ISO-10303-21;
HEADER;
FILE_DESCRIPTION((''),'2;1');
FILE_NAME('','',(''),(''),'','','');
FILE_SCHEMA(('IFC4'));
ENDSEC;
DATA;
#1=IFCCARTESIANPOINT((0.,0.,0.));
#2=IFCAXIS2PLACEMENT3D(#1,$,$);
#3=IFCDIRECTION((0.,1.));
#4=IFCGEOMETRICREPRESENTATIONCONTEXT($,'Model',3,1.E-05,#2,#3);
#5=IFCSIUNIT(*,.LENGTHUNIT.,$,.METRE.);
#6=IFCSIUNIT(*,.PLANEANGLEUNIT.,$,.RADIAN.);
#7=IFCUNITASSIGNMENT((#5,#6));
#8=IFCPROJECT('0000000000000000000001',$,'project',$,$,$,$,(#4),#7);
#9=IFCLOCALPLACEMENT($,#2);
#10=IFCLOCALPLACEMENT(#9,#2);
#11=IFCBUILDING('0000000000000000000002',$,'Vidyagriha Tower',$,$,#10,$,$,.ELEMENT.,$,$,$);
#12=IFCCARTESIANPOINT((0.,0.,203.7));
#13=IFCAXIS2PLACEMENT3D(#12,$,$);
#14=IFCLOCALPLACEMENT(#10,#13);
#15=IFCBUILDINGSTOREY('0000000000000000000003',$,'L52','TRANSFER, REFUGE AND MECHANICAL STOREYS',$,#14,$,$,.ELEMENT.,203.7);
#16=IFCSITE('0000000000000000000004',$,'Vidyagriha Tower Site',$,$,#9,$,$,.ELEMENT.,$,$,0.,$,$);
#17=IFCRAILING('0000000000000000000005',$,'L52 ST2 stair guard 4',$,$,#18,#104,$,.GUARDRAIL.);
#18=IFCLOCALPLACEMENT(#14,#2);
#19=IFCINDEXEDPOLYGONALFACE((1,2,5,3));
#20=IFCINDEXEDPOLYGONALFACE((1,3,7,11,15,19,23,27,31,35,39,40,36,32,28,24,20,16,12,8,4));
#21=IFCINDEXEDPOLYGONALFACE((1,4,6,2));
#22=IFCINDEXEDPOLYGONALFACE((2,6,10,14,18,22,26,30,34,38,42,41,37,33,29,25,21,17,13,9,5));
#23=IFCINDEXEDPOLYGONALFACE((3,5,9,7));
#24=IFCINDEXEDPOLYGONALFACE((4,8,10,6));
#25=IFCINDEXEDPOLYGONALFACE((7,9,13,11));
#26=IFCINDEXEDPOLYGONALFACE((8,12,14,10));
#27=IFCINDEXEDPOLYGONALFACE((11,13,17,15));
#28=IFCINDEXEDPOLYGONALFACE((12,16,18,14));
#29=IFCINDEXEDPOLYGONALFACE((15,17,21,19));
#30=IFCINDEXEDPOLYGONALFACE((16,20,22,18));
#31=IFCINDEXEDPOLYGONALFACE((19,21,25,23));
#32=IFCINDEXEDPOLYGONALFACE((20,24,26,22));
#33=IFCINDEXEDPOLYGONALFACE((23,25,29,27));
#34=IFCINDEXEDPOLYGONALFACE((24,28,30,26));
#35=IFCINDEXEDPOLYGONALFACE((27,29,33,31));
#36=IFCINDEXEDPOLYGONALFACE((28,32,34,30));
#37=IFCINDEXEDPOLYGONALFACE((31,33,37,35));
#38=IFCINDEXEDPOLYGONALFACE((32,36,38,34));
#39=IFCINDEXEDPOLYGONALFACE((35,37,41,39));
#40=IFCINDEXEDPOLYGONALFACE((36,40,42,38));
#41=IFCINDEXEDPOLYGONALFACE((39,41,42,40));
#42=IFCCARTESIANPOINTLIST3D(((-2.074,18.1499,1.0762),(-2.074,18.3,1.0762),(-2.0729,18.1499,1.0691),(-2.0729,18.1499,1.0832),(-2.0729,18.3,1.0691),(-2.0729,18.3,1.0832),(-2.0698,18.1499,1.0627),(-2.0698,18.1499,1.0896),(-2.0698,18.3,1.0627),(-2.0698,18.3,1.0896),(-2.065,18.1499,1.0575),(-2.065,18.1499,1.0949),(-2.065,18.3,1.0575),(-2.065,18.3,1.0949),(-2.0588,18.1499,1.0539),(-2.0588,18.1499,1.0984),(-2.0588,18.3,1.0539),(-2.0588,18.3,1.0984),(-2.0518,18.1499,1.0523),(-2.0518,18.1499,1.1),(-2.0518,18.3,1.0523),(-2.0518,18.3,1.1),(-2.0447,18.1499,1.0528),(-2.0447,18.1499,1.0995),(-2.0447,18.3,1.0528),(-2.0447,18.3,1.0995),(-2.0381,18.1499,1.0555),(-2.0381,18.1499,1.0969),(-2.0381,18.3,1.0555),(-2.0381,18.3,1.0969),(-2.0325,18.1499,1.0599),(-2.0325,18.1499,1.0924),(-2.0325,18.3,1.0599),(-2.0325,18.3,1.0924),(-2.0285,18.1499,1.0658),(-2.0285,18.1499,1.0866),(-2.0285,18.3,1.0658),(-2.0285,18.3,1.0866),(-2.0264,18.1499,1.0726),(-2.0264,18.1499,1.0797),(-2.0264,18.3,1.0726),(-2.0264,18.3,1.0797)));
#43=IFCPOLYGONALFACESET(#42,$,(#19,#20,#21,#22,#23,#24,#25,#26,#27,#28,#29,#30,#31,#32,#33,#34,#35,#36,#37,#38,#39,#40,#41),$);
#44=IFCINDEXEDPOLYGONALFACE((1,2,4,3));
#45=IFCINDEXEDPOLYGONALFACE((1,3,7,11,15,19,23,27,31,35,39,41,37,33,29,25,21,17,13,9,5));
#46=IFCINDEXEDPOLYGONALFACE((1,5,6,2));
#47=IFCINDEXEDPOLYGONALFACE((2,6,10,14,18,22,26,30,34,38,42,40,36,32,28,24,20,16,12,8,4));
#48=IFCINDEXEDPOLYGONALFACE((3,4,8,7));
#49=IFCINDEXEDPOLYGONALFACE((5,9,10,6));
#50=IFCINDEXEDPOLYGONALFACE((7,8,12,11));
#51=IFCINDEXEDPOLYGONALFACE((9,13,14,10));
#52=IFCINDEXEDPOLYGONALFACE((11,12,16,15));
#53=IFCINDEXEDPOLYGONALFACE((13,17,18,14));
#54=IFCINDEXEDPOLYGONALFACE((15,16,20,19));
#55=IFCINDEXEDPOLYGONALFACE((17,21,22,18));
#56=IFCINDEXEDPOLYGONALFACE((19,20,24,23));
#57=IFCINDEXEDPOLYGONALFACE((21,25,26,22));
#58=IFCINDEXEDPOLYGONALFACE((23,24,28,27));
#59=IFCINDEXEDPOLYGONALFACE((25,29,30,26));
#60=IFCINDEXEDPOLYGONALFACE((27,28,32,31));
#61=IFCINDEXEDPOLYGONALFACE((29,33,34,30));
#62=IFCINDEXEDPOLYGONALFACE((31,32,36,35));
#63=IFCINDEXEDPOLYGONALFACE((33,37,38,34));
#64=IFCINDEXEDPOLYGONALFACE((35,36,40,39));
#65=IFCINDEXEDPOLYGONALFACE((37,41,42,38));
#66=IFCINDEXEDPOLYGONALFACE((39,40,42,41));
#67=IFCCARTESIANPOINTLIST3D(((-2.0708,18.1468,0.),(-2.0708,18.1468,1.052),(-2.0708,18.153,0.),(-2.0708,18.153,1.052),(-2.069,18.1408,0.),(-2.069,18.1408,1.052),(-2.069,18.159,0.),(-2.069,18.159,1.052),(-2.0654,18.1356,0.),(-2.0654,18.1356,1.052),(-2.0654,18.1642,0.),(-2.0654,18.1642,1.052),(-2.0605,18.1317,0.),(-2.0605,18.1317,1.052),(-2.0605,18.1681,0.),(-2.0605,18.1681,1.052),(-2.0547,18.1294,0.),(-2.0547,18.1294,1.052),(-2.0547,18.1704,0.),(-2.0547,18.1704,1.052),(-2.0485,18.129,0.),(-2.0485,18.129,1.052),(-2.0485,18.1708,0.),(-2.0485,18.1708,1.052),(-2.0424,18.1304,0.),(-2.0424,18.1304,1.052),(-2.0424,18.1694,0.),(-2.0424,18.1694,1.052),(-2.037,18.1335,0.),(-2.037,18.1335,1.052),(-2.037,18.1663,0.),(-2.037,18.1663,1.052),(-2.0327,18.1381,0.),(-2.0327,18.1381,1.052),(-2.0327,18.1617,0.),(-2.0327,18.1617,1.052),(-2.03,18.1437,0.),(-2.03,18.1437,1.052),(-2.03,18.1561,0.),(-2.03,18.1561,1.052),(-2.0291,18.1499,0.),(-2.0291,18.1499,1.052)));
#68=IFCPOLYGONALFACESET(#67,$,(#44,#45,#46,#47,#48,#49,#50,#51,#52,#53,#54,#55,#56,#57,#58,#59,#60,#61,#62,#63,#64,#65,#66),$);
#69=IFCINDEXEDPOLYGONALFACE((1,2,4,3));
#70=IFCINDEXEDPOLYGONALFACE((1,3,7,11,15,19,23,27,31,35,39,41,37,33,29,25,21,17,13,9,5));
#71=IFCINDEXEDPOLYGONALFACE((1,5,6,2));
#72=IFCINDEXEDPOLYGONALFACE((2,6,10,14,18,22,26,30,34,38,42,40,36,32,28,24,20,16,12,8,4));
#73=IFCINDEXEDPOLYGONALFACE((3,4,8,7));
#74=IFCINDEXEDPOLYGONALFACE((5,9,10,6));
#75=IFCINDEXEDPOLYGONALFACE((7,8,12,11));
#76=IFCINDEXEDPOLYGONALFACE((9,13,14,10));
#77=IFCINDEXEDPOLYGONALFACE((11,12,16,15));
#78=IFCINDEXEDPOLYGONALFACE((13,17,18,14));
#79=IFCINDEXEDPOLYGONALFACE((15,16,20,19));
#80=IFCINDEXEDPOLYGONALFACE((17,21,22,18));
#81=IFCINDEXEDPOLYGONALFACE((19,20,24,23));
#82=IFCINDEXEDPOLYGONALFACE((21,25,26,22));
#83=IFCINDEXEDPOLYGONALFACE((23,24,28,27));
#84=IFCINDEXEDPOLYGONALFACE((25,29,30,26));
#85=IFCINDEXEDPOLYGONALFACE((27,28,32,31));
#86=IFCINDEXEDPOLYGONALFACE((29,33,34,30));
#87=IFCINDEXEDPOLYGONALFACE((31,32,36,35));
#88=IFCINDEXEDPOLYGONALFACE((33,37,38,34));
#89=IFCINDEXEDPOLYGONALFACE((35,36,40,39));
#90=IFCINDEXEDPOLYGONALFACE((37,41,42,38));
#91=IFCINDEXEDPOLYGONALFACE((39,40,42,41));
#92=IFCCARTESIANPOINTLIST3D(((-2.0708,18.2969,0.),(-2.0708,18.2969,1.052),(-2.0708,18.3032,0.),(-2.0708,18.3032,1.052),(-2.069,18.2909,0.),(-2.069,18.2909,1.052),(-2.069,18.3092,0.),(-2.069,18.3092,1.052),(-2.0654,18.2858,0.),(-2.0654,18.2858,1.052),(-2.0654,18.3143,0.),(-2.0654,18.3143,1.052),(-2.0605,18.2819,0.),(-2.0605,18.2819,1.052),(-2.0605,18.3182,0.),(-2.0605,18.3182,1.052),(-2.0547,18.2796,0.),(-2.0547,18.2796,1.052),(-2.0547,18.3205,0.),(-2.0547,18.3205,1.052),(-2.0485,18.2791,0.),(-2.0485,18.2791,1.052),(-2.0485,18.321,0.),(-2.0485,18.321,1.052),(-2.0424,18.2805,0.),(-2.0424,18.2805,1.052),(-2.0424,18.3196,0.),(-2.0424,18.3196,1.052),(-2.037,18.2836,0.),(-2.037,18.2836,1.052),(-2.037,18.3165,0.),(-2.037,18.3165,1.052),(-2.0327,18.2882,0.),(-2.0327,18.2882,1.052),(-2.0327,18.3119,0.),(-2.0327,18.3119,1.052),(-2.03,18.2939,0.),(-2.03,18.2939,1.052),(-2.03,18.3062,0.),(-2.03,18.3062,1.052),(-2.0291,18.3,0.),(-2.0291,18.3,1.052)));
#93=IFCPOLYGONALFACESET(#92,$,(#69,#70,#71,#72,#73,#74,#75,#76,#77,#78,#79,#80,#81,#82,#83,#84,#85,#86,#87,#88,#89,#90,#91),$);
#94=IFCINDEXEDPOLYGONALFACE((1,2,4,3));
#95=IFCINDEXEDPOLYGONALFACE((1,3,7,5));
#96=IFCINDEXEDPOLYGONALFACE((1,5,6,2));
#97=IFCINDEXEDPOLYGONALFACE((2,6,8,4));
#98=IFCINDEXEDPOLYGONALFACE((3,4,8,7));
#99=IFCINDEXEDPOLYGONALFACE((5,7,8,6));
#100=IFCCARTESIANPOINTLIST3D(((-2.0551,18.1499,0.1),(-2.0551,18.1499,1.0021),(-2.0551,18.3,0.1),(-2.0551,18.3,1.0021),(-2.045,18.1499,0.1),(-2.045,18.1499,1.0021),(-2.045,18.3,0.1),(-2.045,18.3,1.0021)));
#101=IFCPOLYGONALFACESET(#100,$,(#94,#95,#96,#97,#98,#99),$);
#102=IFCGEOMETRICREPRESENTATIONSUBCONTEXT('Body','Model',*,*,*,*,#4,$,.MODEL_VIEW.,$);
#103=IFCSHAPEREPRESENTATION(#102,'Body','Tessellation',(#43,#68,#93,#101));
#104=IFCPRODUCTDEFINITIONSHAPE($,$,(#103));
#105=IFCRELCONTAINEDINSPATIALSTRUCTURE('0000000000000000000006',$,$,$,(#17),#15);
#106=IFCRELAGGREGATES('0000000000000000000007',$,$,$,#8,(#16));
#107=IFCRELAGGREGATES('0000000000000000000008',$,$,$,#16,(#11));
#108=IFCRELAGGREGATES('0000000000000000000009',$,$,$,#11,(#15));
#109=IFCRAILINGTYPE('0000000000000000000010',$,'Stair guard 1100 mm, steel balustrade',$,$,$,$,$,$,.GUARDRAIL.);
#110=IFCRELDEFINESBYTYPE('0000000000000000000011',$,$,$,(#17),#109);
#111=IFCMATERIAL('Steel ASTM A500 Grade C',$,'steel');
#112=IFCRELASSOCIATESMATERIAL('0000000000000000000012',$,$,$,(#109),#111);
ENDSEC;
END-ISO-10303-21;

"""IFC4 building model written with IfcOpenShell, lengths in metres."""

from ifc_helpers import new_model, si_unit, direction, frame, origin, origin_2d, place, context, subcontext, project, spatial, rectangle, circle, extrude, material, type_object, element, save


model = new_model("IFC4")

# Units and contexts
model_context = context("Model", 3, precision=1e-05, world=origin(), true_north=direction((0.0, 1.0)))
body_context = subcontext(model_context, "Body", "Model", "MODEL_VIEW")
ifc_project = project(units=[si_unit("LENGTHUNIT", "METRE"), si_unit("PLANEANGLEUNIT", "RADIAN")], contexts=[model_context])

# Site, building, storey
site_placement = place(None, origin())
site = spatial("IfcSite", under=ifc_project, at=site_placement, Name="Vidyagriha Tower Site", CompositionType="ELEMENT", RefElevation=0.0)
building_placement = place(site_placement, origin())
building = spatial("IfcBuilding", under=site, at=building_placement, Name="Vidyagriha Tower", CompositionType="ELEMENT")
storey_placement = place(building_placement, frame((0.0, 0.0, 203.7)))
storey = spatial("IfcBuildingStorey", under=building, at=storey_placement, Name="L52", Description="TRANSFER, REFUGE AND MECHANICAL STOREYS", CompositionType="ELEMENT", Elevation=203.7)

# Railing
ifc_material_1 = material(Name="Steel ASTM A500 Grade C", Category="steel")
railing_type_1 = type_object("IfcRailingType", Name="Stair guard 1100 mm, steel balustrade", PredefinedType="GUARDRAIL", material=ifc_material_1)
railing_1_placement = place(storey_placement, frame((-2.05, 18.1499, 0.0)))
element("IfcRailing", 1, at=railing_1_placement, inside=storey, type_object=railing_type_1, Name="L52 ST2 stair guard 4", PredefinedType="GUARDRAIL", context=body_context, shape_type="SweptSolid", body=[
    extrude(circle(Radius=0.0239, at=origin_2d()), frame((0.0, 0.0, 1.0762), z_axis=(0.0, 1.0, 0.0), x_axis=(-1.0, 0.0, 0.0)), (0.0, 0.0, 1.0), 0.1501),
    extrude(circle(Radius=0.021, at=origin_2d()), origin(), (0.0, 0.0, 1.0), 1.052),
    extrude(circle(Radius=0.021, at=origin_2d()), frame((0.0, 0.1501, 0.0)), (0.0, 0.0, 1.0), 1.052),
    extrude(rectangle(XDim=0.01, YDim=0.9021, at=origin_2d()), frame((0.0, 0.0, 0.551), z_axis=(0.0, 1.0, 0.0), x_axis=(-1.0, 0.0, 0.0)), (0.0, 0.0, 1.0), 0.1501),
])

save(model, "model.ifc")
